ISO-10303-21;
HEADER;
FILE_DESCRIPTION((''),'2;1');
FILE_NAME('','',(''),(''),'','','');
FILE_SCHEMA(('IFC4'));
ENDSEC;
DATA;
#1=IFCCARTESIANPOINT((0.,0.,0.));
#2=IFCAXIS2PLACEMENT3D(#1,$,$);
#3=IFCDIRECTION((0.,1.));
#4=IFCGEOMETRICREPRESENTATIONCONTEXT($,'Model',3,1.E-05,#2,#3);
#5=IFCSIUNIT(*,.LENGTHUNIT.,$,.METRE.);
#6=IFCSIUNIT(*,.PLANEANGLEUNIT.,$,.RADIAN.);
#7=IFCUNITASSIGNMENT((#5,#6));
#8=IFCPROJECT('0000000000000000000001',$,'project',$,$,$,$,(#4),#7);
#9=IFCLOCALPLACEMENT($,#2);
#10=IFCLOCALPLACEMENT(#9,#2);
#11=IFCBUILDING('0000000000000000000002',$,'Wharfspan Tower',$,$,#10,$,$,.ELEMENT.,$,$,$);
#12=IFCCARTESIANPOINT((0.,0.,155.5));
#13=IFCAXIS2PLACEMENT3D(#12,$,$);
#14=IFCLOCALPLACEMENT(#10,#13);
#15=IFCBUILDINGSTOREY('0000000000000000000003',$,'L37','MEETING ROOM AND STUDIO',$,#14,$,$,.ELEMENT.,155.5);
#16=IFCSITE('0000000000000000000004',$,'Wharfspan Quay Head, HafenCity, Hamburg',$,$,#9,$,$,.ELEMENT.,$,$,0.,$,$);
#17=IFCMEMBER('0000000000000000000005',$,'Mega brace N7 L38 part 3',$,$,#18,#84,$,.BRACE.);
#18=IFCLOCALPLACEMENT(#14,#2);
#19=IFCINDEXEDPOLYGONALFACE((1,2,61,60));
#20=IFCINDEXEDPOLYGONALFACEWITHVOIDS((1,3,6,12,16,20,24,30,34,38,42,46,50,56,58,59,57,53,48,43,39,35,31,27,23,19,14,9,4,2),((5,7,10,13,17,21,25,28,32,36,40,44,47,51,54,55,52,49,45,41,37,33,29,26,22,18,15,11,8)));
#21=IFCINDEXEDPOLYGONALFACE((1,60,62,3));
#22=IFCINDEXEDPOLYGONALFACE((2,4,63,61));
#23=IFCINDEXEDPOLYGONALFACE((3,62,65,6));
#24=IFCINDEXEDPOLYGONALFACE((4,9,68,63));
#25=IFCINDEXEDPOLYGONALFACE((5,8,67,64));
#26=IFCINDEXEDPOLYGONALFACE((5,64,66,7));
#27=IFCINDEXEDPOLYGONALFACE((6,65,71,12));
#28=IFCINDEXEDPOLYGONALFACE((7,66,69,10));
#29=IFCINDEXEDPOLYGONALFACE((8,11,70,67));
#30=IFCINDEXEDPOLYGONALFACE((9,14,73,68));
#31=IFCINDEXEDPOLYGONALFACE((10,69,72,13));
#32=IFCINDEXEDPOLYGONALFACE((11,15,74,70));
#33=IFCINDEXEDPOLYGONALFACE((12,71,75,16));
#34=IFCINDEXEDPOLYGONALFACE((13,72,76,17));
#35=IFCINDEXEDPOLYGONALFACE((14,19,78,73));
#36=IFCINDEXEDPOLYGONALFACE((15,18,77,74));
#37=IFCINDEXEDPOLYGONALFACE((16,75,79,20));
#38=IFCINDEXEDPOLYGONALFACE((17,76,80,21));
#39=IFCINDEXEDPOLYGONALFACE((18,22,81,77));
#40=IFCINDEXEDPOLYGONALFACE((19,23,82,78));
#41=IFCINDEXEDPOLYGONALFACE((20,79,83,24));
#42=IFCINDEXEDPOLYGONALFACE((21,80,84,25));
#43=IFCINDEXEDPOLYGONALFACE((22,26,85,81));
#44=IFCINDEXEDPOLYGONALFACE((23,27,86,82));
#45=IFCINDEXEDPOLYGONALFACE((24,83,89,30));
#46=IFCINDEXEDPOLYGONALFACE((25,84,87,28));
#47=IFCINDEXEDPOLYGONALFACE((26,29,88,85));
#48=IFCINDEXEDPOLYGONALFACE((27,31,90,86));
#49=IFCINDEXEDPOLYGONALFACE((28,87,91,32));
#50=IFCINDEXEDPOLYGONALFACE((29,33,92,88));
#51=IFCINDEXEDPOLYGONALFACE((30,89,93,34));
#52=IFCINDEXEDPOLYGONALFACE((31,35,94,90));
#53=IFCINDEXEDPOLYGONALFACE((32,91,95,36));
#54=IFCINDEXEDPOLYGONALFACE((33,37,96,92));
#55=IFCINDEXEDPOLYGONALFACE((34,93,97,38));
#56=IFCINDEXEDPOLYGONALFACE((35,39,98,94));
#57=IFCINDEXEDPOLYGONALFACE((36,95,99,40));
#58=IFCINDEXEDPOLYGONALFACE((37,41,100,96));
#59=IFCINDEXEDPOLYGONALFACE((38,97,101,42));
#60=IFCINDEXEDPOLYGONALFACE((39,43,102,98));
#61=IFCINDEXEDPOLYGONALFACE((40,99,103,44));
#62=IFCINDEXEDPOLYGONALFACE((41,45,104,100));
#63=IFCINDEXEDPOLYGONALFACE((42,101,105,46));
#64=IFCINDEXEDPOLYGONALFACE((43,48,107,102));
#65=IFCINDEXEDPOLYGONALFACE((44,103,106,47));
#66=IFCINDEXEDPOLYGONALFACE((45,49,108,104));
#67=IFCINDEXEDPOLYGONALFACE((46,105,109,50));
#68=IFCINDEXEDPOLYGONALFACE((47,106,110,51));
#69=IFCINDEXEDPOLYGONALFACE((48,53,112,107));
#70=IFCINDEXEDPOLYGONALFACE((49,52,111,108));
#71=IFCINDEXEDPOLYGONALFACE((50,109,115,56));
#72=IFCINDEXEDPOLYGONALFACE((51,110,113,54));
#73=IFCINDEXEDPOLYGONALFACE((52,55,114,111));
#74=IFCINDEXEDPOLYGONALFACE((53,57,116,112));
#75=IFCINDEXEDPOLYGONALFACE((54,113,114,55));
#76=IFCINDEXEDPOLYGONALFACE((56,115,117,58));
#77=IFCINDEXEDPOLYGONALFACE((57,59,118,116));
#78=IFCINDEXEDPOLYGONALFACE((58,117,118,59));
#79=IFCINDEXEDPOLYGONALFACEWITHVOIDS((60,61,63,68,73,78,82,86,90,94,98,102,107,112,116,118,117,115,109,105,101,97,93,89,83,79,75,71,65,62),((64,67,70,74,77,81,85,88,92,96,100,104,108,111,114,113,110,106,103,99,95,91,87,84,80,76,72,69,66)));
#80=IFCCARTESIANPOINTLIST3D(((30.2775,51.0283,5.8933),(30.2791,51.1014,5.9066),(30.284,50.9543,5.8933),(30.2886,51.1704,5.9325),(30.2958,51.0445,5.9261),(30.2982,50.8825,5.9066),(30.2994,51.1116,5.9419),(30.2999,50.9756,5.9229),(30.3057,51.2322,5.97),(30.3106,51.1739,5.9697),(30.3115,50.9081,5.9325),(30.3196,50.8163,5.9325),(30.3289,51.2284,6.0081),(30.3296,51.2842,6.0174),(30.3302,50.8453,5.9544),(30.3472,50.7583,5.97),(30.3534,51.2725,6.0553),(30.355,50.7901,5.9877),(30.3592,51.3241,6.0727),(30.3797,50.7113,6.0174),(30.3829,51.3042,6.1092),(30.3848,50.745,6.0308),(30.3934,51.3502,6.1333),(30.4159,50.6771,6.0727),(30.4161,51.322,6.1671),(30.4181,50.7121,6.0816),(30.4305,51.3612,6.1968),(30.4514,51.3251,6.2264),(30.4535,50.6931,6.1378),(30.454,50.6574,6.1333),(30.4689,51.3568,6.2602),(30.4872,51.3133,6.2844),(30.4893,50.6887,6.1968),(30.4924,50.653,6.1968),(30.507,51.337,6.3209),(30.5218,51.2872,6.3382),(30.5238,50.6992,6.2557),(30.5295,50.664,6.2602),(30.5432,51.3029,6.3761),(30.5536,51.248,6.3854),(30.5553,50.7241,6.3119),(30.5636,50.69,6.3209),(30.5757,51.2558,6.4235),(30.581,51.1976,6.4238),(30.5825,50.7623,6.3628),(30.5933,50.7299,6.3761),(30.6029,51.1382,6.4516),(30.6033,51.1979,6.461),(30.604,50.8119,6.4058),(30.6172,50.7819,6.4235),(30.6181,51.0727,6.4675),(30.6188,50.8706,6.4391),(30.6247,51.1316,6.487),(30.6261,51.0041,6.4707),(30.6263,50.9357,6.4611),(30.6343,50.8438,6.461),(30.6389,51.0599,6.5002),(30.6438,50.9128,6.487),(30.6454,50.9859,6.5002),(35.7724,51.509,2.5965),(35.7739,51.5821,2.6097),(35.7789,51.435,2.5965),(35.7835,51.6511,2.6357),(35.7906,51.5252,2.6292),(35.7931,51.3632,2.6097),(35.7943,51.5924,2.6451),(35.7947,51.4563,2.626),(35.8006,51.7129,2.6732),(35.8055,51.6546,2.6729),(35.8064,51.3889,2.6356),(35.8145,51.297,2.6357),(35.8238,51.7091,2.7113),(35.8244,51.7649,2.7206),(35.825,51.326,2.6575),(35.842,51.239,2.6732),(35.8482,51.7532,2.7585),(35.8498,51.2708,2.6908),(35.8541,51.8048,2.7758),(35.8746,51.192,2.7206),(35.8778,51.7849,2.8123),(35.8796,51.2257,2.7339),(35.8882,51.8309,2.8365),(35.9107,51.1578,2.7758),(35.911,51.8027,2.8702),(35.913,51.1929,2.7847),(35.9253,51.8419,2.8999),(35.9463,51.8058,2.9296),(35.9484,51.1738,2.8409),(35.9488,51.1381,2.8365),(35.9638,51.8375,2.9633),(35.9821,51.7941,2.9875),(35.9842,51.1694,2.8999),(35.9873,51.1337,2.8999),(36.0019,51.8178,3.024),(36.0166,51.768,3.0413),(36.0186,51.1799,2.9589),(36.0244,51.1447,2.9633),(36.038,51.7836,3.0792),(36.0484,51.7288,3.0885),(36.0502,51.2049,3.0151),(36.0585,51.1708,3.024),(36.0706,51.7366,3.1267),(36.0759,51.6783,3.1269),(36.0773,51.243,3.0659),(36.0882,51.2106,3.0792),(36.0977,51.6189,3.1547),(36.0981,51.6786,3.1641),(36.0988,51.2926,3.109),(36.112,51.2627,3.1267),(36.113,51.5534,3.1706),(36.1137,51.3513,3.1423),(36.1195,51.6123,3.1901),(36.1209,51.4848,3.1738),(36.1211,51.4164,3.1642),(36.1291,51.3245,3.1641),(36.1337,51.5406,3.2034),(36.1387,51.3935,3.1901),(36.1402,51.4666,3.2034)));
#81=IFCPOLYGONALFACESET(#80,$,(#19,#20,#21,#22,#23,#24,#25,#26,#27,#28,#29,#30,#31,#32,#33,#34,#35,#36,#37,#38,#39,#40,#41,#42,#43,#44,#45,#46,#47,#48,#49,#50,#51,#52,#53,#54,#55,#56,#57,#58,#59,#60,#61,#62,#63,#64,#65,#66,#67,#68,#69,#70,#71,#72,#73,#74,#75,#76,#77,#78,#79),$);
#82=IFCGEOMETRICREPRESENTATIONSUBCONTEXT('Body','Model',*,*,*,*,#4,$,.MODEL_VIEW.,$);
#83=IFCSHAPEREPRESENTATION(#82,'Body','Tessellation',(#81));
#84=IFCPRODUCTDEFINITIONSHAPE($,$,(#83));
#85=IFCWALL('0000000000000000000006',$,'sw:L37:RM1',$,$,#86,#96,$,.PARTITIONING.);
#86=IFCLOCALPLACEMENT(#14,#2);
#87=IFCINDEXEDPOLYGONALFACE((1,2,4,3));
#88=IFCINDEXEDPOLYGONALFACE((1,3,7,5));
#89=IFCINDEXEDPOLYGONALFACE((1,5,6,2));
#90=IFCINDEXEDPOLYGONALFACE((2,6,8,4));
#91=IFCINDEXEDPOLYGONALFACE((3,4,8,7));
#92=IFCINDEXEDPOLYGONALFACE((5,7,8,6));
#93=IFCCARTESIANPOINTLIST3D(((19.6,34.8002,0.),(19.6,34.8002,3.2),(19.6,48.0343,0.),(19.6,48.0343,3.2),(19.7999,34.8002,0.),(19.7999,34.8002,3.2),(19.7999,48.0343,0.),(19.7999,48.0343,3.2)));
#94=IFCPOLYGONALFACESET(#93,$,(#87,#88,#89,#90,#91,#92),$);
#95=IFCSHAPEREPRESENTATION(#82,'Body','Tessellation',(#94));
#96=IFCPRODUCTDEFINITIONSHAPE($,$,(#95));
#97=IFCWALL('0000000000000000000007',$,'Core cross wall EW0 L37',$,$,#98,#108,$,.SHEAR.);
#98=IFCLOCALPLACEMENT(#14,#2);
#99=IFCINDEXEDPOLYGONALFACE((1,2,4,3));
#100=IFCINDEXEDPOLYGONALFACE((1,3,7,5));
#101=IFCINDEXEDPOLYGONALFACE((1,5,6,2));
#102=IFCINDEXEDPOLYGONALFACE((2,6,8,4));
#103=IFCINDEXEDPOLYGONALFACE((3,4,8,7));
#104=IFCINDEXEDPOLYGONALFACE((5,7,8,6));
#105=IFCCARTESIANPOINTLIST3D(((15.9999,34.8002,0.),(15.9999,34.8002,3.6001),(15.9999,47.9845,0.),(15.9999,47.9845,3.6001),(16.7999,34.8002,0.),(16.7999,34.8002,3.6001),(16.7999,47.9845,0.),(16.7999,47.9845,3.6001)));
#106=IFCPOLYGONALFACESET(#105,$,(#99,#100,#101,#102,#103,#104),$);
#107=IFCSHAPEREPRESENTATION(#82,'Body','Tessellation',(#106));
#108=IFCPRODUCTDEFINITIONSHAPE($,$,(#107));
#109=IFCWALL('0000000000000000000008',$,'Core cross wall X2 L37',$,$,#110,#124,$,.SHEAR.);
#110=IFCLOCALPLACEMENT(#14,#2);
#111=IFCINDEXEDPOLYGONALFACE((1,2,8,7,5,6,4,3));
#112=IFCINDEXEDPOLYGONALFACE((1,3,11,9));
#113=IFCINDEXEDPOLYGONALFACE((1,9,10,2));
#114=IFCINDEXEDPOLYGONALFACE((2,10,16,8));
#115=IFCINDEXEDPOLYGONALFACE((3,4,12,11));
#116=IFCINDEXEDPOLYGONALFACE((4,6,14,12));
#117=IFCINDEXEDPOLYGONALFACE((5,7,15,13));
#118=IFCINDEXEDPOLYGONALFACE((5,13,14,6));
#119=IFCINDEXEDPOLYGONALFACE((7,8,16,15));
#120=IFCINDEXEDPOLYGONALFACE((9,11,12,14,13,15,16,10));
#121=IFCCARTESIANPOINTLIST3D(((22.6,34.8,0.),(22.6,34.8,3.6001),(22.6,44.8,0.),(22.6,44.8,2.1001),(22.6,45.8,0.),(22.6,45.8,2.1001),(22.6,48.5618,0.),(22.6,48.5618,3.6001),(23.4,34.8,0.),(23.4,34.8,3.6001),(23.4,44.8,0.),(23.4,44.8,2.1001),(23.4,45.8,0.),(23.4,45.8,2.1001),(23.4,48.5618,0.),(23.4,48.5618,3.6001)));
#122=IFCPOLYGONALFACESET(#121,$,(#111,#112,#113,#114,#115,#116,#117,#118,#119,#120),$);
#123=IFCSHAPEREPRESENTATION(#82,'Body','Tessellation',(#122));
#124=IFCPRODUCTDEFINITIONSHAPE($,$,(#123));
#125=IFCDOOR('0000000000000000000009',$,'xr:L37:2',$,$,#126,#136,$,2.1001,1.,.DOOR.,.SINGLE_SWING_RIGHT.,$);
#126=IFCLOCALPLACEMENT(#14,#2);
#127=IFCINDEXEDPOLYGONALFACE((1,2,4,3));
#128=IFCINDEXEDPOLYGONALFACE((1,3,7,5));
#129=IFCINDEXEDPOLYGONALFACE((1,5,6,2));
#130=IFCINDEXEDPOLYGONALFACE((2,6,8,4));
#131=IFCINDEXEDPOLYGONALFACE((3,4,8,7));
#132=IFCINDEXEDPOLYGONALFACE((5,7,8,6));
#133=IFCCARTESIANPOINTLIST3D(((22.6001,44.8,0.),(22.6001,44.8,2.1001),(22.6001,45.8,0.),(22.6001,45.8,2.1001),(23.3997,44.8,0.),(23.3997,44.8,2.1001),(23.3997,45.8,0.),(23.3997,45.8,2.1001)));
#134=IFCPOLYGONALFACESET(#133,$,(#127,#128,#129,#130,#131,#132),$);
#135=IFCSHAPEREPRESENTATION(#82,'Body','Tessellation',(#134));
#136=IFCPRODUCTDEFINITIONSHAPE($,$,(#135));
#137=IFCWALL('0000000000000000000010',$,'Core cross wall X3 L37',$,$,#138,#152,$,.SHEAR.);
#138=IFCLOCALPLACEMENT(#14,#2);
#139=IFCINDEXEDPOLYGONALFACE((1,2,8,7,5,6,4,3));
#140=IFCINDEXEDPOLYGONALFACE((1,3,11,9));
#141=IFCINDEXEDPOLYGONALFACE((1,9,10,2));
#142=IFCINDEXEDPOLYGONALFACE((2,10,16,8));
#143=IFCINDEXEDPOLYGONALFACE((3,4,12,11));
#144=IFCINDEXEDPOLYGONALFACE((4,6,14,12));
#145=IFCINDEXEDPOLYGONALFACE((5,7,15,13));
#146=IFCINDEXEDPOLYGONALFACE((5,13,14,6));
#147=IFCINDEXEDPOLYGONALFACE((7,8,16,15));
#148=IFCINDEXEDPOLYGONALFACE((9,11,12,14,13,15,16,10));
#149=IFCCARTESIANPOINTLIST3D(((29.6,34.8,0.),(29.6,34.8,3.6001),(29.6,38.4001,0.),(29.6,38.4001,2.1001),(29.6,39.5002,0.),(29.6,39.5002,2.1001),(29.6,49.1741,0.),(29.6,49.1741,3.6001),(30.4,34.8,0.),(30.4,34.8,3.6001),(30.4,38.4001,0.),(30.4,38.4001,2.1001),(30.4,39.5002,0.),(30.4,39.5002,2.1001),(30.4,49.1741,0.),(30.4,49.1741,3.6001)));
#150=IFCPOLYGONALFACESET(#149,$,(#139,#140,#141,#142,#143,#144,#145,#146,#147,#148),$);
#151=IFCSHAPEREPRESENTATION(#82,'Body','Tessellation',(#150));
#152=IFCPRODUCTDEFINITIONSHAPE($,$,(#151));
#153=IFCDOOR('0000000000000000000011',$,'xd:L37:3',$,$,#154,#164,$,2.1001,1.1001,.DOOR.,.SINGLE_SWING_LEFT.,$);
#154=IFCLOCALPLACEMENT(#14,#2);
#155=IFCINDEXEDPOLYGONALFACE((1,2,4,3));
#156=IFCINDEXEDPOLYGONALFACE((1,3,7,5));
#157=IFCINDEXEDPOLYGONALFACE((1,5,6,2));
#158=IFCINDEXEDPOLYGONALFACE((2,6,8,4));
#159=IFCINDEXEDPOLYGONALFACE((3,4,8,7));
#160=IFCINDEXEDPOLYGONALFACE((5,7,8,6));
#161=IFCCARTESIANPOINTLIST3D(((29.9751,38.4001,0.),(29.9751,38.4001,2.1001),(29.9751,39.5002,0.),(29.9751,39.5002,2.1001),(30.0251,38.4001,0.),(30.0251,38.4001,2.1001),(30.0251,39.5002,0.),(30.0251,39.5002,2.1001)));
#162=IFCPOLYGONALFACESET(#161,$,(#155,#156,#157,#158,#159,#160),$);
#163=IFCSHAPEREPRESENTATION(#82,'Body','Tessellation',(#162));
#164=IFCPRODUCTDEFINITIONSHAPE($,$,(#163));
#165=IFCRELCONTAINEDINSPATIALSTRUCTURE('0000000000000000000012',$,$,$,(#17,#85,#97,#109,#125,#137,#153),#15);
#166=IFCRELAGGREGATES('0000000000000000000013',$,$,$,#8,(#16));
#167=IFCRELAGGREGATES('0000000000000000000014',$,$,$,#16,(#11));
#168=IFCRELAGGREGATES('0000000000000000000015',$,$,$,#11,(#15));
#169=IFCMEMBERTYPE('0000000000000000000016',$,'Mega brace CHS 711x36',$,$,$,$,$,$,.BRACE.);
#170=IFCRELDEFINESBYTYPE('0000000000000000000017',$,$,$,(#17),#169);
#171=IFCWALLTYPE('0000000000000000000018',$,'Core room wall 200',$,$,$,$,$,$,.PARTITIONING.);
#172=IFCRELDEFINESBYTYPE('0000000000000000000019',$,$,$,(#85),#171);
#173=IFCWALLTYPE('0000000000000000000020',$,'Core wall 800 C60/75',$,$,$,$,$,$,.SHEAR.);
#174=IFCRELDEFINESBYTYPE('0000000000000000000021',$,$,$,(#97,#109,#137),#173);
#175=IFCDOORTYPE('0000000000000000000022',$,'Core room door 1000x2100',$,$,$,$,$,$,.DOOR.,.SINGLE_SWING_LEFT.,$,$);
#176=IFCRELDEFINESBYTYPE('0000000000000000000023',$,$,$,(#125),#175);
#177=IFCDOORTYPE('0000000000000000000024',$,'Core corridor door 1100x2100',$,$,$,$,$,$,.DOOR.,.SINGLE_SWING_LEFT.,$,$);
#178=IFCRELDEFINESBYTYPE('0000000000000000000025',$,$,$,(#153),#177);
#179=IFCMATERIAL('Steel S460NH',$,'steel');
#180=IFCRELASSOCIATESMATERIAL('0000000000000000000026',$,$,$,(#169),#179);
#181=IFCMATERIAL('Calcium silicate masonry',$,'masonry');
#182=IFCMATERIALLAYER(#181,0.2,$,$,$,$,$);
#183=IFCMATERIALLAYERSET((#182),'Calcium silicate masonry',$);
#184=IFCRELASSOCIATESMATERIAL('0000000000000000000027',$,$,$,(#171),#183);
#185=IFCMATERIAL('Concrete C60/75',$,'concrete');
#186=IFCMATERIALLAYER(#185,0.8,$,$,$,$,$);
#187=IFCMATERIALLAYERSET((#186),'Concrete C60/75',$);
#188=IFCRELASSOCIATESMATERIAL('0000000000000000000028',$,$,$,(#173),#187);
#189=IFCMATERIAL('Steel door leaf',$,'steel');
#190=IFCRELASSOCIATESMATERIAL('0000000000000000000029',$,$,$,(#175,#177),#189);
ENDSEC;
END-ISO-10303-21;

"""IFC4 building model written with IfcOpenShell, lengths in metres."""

from ifc_helpers import new_model, si_unit, direction, frame, frame_2d, origin, origin_2d, place, context, subcontext, project, spatial, rectangle, hollow_circle, extrude, material, layer, layer_set, material_profile, profile_set, type_object, element, fill, save


model = new_model("IFC4")

# Units and contexts
model_context = context("Model", 3, precision=1e-05, world=origin(), true_north=direction((0.0, 1.0)))
body_context = subcontext(model_context, "Body", "Model", "MODEL_VIEW")
ifc_project = project(units=[si_unit("LENGTHUNIT", "METRE"), si_unit("PLANEANGLEUNIT", "RADIAN")], contexts=[model_context])

# Site, building, storey
site_placement = place(None, origin())
site = spatial("IfcSite", under=ifc_project, at=site_placement, Name="Wharfspan Quay Head, HafenCity, Hamburg", CompositionType="ELEMENT", RefElevation=0.0)
building_placement = place(site_placement, origin())
building = spatial("IfcBuilding", under=site, at=building_placement, Name="Wharfspan Tower", CompositionType="ELEMENT")
storey_placement = place(building_placement, frame((0.0, 0.0, 155.5)))
storey = spatial("IfcBuildingStorey", under=building, at=storey_placement, Name="L37", Description="MEETING ROOM AND STUDIO", CompositionType="ELEMENT", Elevation=155.5)

# Member
ifc_material_1 = material(Name="Steel S460NH", Category="steel")
ifc_material_profile_1 = material_profile(ifc_material_1, hollow_circle(Radius=0.3555, WallThickness=0.0359, at=origin_2d()))
ifc_profile_set_1 = profile_set([ifc_material_profile_1], Name="Steel S460NH")
member_type_1 = type_object("IfcMemberType", Name="Mega brace CHS 711x36", PredefinedType="BRACE", material=ifc_profile_set_1)
member_1_placement = place(storey_placement, frame((35.9563, 51.4878, 2.8999), z_axis=(-0.855094, -0.074807, 0.513049), x_axis=(0.087152, -0.996192, 0.000002)))
element("IfcMember", 1, at=member_1_placement, inside=storey, type_object=member_type_1, Name="Mega brace N7 L38 part 3", PredefinedType="BRACE", context=body_context, shape_type="SweptSolid", body=[
    extrude(hollow_circle(Radius=0.3555, WallThickness=0.0359, at=origin_2d()), origin(), (0.0, 0.0, 1.0), 6.426),
])

# Walls
ifc_material_2 = material(Name="Calcium silicate masonry", Category="masonry")
ifc_layer_1 = layer(ifc_material_2, 0.2)
ifc_layer_set_1 = layer_set([ifc_layer_1], Name="Calcium silicate masonry")
wall_type_1 = type_object("IfcWallType", Name="Core room wall 200", PredefinedType="PARTITIONING", material=ifc_layer_set_1)
wall_1_placement = place(storey_placement, frame((19.7, 34.8, 0.0), z_axis=(0.0, 0.0, 1.0), x_axis=(0.0, 1.0, 0.0)))
element("IfcWall", 2, at=wall_1_placement, inside=storey, type_object=wall_type_1, Name="sw:L37:RM1", PredefinedType="PARTITIONING", context=body_context, shape_type="SweptSolid", body=[
    extrude(rectangle(XDim=13.2341, YDim=0.2, at=frame_2d((6.6172, 0.0))), origin(), (0.0, 0.0, 1.0), 3.2),
])
ifc_material_3 = material(Name="Concrete C60/75", Category="concrete")
ifc_layer_2 = layer(ifc_material_3, 0.8)
ifc_layer_set_2 = layer_set([ifc_layer_2], Name="Concrete C60/75")
wall_type_2 = type_object("IfcWallType", Name="Core wall 800 C60/75", PredefinedType="SHEAR", material=ifc_layer_set_2)
wall_2_placement = place(storey_placement, frame((16.3999, 34.8, 0.0), z_axis=(0.0, 0.0, 1.0), x_axis=(0.0, 1.0, 0.0)))
element("IfcWall", 3, at=wall_2_placement, inside=storey, type_object=wall_type_2, Name="Core cross wall EW0 L37", PredefinedType="SHEAR", context=body_context, shape_type="SweptSolid", body=[
    extrude(rectangle(XDim=13.1843, YDim=0.8, at=frame_2d((6.5923, 0.0))), origin(), (0.0, 0.0, 1.0), 3.6001),
])

# Walls, openings, doors
wall_3_placement = place(storey_placement, frame((23.0, 34.8, 0.0), z_axis=(0.0, 0.0, 1.0), x_axis=(0.0, 1.0, 0.0)))
wall_3 = element("IfcWall", 4, at=wall_3_placement, inside=storey, type_object=wall_type_2, Name="Core cross wall X2 L37", PredefinedType="SHEAR", context=body_context, shape_type="SweptSolid", body=[
    extrude(rectangle(XDim=13.7617, YDim=0.8, at=frame_2d((6.8809, 0.0))), origin(), (0.0, 0.0, 1.0), 3.6001),
])
opening_1_placement = place(wall_3_placement, frame((10.0, 0.0, 0.0)))
opening_1 = element("IfcOpeningElement", 5, at=opening_1_placement, cuts=wall_3, PredefinedType="OPENING", context=body_context, shape_type="SweptSolid", body=[
    extrude(rectangle(XDim=1.0, YDim=2.1001, at=frame_2d((0.5, 1.05))), frame((0.0, 0.4099, 0.0), z_axis=(0.0, -1.0, 0.0), x_axis=(1.0, 0.0, 0.0)), (0.0, 0.0, 1.0), 0.8201),
])
ifc_material_4 = material(Name="Steel door leaf", Category="steel")
door_type_1 = type_object("IfcDoorType", Name="Core room door 1000x2100", OperationType="SINGLE_SWING_LEFT", PredefinedType="DOOR", material=ifc_material_4)
door_1_placement = place(opening_1_placement, origin())
door_1 = element("IfcDoor", 6, at=door_1_placement, inside=storey, type_object=door_type_1, Name="xr:L37:2", OperationType="SINGLE_SWING_RIGHT", OverallHeight=2.1001, OverallWidth=1.0, PredefinedType="DOOR", context=body_context, shape_type="SweptSolid", body=[
    extrude(rectangle(XDim=1.0, YDim=2.1001, at=frame_2d((0.5, 1.05))), frame((0.0, 0.3999, 0.0), z_axis=(0.0, -1.0, 0.0), x_axis=(1.0, 0.0, 0.0)), (0.0, 0.0, 1.0), 0.7996),
])
fill(opening_1, door_1)
wall_4_placement = place(storey_placement, frame((30.0, 34.8, 0.0), z_axis=(0.0, 0.0, 1.0), x_axis=(0.0, 1.0, 0.0)))
wall_4 = element("IfcWall", 7, at=wall_4_placement, inside=storey, type_object=wall_type_2, Name="Core cross wall X3 L37", PredefinedType="SHEAR", context=body_context, shape_type="SweptSolid", body=[
    extrude(rectangle(XDim=14.374, YDim=0.8, at=frame_2d((7.187, 0.0))), origin(), (0.0, 0.0, 1.0), 3.6001),
])
opening_2_placement = place(wall_4_placement, frame((3.6001, 0.0, 0.0)))
opening_2 = element("IfcOpeningElement", 8, at=opening_2_placement, cuts=wall_4, PredefinedType="OPENING", context=body_context, shape_type="SweptSolid", body=[
    extrude(rectangle(XDim=1.1001, YDim=2.1001, at=frame_2d((0.55, 1.05))), frame((0.0, 0.4099, 0.0), z_axis=(0.0, -1.0, 0.0), x_axis=(1.0, 0.0, 0.0)), (0.0, 0.0, 1.0), 0.8201),
])
door_type_2 = type_object("IfcDoorType", Name="Core corridor door 1100x2100", OperationType="SINGLE_SWING_LEFT", PredefinedType="DOOR", material=ifc_material_4)
door_2_placement = place(opening_2_placement, origin())
door_2 = element("IfcDoor", 9, at=door_2_placement, inside=storey, type_object=door_type_2, Name="xd:L37:3", OperationType="SINGLE_SWING_LEFT", OverallHeight=2.1001, OverallWidth=1.1001, PredefinedType="DOOR", context=body_context, shape_type="SweptSolid", body=[
    extrude(rectangle(XDim=1.1001, YDim=2.1001, at=frame_2d((0.55, 1.05))), frame((0.0, 0.0249, 0.0), z_axis=(0.0, -1.0, 0.0), x_axis=(1.0, 0.0, 0.0)), (0.0, 0.0, 1.0), 0.05),
])
fill(opening_2, door_2)

save(model, "model.ifc")
